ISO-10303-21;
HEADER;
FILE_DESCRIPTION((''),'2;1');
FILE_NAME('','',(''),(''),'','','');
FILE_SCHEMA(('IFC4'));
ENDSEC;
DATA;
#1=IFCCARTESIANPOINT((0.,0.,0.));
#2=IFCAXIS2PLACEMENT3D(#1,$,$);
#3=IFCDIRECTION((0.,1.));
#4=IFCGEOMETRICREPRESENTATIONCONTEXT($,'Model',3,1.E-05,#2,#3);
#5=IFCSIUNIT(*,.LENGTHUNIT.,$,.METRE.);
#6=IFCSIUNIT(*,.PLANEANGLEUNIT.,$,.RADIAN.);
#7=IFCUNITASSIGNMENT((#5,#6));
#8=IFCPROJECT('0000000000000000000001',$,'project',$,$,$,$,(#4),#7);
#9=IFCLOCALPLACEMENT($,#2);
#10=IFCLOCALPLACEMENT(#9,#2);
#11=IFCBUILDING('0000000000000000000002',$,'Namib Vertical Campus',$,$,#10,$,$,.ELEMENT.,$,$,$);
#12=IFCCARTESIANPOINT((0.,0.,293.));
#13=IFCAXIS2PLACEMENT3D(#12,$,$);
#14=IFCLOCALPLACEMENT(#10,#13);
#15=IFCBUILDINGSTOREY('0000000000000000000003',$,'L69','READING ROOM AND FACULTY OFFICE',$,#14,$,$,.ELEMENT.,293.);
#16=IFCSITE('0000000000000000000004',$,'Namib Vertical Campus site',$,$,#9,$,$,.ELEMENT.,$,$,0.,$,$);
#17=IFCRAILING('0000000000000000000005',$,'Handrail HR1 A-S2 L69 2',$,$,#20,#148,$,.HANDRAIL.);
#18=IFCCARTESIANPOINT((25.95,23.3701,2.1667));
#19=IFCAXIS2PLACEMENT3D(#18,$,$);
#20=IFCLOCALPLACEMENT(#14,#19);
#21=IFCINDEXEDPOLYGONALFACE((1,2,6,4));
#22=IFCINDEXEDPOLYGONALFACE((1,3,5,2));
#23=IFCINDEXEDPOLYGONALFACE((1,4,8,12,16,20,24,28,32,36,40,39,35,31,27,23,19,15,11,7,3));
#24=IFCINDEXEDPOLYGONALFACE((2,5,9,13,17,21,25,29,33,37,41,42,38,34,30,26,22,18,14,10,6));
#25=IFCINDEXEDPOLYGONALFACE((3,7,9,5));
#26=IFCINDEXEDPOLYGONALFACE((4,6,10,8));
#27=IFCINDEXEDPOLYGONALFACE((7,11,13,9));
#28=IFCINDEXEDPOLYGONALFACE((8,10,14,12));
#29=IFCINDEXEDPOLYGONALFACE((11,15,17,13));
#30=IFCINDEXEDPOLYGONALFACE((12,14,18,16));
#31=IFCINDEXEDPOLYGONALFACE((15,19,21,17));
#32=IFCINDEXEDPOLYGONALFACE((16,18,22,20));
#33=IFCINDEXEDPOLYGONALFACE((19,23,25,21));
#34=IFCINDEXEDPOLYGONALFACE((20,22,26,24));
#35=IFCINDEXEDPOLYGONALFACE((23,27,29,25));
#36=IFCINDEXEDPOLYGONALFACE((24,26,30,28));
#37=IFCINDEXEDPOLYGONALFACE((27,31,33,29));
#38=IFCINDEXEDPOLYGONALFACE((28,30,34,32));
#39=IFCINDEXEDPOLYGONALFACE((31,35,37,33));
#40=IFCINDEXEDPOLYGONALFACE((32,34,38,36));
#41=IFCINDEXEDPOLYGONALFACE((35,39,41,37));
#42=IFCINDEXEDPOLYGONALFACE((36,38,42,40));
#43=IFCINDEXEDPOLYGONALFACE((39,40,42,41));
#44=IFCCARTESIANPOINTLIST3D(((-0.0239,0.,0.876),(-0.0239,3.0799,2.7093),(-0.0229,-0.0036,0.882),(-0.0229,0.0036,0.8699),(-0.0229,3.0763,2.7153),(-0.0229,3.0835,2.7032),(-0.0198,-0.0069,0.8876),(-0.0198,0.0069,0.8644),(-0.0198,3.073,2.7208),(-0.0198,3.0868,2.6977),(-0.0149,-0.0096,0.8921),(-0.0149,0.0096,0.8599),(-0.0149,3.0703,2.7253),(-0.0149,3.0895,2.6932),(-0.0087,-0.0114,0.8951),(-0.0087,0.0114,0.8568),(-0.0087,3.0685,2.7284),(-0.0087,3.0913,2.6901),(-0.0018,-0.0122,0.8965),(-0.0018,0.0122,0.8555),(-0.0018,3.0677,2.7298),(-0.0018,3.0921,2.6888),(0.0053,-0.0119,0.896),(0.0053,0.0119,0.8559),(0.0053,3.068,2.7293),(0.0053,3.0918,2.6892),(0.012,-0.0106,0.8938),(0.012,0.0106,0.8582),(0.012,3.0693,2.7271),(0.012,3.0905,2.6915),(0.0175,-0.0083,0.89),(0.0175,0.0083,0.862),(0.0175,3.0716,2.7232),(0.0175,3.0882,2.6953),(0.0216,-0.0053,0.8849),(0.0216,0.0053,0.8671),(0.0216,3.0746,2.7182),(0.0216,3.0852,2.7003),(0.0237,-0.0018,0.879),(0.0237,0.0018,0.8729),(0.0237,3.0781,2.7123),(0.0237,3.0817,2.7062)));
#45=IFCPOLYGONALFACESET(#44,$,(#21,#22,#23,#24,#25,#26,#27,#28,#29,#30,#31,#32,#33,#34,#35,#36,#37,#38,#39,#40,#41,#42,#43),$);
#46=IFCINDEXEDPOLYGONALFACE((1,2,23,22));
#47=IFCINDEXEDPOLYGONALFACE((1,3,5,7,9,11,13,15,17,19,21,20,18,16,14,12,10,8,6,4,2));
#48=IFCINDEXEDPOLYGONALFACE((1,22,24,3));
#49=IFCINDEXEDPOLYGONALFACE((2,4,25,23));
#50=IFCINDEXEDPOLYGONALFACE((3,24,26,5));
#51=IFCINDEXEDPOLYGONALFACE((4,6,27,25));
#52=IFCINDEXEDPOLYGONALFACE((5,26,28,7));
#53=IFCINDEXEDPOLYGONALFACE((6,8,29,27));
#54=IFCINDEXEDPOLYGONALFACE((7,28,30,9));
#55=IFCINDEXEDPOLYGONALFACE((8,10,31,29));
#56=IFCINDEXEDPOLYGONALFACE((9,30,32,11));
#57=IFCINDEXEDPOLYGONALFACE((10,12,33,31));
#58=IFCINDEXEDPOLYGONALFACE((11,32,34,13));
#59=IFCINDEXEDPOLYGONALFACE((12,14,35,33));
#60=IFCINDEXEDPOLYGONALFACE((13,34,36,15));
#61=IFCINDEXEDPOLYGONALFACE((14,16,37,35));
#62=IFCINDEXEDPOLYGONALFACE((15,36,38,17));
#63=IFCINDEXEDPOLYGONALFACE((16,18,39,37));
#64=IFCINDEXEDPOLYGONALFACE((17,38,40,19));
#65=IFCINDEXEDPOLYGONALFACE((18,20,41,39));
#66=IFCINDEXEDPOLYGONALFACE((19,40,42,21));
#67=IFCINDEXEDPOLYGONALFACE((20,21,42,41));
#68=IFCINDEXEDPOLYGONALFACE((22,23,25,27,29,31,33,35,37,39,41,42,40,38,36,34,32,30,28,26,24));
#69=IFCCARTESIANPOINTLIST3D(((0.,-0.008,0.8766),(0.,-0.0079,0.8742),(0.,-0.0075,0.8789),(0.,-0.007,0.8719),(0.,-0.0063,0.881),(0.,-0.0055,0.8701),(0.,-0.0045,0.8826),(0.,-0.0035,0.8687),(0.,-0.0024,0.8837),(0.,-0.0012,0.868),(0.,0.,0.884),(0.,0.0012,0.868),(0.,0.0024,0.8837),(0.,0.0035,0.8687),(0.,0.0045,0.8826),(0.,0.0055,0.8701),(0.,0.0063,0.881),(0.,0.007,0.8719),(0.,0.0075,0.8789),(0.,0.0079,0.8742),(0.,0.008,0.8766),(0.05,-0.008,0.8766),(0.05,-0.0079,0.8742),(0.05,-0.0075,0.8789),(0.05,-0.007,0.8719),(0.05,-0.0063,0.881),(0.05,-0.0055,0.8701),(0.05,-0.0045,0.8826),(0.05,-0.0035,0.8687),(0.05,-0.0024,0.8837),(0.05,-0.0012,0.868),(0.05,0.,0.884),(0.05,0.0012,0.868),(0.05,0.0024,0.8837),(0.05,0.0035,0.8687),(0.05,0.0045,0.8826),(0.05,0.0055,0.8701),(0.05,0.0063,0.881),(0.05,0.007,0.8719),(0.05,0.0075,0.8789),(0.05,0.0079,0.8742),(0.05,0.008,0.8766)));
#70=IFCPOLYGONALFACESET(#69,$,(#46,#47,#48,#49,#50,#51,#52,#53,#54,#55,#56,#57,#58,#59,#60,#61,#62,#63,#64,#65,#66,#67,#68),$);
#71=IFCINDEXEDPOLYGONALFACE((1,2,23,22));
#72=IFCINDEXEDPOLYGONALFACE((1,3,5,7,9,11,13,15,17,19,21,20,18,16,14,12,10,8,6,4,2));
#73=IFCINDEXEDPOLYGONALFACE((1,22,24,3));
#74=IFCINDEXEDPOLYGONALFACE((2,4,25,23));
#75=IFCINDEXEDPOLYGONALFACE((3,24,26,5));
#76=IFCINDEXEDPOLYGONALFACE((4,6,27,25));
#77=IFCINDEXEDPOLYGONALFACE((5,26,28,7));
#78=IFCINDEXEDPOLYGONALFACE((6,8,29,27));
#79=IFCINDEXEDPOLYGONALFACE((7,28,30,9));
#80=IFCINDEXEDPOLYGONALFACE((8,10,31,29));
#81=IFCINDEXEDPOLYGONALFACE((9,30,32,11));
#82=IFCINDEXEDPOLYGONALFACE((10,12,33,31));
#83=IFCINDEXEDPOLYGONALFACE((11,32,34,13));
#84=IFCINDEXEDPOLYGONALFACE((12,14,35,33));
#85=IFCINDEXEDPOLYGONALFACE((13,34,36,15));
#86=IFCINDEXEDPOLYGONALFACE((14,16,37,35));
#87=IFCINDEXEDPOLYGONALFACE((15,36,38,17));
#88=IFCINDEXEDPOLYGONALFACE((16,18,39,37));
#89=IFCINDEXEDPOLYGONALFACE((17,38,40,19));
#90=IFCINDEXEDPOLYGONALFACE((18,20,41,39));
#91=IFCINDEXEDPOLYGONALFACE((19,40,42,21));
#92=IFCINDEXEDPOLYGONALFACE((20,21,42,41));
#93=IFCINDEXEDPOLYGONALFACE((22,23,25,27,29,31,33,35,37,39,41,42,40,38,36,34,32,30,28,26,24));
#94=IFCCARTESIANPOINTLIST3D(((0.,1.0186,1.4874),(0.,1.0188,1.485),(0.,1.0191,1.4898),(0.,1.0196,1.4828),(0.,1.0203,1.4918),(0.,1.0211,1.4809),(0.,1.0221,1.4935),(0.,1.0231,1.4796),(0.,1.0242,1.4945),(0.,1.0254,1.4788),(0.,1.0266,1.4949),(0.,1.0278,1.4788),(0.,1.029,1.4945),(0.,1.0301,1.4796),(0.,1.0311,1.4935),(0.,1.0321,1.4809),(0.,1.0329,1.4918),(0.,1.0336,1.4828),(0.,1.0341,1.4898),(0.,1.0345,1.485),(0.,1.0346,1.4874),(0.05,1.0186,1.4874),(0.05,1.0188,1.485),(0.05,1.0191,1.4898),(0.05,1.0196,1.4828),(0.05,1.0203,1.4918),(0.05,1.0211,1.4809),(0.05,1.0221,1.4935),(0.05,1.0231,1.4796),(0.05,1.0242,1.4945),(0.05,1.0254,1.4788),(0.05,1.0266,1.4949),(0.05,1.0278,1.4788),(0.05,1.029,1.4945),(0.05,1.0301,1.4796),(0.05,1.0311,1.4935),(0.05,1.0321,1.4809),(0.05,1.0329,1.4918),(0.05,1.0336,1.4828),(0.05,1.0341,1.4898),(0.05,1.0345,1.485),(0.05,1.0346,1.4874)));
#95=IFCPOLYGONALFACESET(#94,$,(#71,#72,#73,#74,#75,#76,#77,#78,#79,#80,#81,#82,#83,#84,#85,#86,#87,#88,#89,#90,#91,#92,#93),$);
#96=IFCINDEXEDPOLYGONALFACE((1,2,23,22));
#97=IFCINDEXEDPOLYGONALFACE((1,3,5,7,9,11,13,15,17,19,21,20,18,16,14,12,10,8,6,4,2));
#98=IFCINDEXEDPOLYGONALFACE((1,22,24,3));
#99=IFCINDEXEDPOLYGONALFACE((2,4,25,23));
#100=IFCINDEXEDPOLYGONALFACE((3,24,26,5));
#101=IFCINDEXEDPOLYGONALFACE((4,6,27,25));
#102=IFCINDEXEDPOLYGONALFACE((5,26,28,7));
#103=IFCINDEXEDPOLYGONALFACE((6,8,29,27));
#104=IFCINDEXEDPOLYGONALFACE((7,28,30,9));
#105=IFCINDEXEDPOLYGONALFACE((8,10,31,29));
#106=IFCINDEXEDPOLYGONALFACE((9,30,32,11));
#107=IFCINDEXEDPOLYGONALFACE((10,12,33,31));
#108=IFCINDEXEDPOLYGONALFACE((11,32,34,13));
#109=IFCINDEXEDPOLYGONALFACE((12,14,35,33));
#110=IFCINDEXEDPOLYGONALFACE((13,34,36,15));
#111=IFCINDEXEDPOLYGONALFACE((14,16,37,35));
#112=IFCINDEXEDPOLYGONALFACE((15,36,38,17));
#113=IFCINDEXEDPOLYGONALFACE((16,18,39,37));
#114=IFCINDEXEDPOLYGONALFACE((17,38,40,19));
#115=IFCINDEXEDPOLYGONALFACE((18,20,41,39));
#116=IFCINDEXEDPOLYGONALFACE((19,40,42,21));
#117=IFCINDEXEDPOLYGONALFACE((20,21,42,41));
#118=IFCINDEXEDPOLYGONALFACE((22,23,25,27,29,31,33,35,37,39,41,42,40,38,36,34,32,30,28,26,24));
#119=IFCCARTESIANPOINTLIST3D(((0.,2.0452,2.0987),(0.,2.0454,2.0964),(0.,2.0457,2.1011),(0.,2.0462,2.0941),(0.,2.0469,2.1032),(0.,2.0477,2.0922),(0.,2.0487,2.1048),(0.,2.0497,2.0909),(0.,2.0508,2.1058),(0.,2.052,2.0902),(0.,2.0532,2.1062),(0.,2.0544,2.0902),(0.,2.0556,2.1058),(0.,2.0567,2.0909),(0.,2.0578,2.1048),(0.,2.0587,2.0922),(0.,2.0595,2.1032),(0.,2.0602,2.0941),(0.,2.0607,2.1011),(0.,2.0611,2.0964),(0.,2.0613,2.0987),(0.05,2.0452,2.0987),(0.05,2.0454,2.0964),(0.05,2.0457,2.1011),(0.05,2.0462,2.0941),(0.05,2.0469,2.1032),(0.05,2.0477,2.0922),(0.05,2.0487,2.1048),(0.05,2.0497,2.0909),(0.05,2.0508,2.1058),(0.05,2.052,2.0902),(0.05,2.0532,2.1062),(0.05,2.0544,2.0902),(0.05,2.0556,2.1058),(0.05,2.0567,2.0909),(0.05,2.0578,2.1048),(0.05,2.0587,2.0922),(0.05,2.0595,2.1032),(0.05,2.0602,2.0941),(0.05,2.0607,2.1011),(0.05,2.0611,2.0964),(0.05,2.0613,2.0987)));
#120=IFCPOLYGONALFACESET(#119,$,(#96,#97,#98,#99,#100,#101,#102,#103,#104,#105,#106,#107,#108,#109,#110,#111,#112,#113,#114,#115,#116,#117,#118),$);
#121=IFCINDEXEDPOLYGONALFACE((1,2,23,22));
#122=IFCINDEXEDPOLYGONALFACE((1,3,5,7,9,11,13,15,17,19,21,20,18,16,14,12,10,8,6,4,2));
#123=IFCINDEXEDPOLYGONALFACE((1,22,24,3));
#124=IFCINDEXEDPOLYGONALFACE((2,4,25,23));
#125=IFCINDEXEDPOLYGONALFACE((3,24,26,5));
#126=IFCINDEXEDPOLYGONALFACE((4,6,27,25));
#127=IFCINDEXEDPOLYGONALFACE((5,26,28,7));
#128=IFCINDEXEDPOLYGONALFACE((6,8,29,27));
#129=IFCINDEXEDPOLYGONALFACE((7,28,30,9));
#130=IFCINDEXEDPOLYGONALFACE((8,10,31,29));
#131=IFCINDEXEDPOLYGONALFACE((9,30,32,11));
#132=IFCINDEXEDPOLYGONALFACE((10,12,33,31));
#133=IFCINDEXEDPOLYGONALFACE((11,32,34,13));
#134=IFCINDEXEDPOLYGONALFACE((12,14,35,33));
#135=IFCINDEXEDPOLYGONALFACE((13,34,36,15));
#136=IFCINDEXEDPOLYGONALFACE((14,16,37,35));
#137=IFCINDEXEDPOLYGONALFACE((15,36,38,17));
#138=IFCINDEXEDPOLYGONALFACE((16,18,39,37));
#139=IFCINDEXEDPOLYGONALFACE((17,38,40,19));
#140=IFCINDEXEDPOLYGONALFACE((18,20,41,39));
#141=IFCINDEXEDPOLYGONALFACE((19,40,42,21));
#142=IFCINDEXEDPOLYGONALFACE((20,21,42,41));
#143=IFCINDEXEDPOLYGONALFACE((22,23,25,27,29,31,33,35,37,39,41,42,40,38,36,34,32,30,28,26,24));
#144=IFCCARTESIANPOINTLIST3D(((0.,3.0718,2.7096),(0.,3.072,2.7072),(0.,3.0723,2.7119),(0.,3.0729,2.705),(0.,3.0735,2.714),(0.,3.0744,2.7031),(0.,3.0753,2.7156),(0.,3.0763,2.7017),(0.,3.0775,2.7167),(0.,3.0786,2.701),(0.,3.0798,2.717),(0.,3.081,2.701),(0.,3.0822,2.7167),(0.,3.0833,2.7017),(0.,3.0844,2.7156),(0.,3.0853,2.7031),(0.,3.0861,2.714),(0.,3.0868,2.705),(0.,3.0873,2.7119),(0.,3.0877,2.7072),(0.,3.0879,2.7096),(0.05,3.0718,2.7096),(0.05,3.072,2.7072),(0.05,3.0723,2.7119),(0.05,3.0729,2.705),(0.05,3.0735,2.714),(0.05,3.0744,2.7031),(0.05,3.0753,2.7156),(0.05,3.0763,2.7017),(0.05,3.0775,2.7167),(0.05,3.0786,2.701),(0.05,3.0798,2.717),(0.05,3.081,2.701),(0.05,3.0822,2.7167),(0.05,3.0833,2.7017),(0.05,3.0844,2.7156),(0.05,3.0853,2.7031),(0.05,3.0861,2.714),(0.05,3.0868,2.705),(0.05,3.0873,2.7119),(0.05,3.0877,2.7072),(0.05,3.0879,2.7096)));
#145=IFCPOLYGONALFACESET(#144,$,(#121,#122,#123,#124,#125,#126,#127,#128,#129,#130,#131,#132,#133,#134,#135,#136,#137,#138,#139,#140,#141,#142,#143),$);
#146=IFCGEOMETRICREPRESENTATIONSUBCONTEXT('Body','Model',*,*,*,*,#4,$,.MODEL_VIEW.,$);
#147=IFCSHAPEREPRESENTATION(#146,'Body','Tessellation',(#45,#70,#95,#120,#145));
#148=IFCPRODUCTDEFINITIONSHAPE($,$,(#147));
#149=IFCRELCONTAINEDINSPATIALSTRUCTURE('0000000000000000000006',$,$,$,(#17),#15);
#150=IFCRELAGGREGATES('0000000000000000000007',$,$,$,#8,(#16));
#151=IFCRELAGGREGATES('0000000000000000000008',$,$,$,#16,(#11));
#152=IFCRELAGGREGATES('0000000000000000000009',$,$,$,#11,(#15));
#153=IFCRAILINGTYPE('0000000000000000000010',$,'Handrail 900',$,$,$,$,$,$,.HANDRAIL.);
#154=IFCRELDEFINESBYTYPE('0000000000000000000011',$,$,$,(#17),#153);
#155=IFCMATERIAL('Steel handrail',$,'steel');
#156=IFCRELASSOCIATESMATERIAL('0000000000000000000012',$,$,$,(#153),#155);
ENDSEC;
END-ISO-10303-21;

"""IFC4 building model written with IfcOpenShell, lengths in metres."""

from ifc_helpers import new_model, si_unit, direction, frame, origin, origin_2d, place, context, subcontext, project, spatial, circle, extrude, material, type_object, element, save


model = new_model("IFC4")

# Units and contexts
model_context = context("Model", 3, precision=1e-05, world=origin(), true_north=direction((0.0, 1.0)))
body_context = subcontext(model_context, "Body", "Model", "MODEL_VIEW")
ifc_project = project(units=[si_unit("LENGTHUNIT", "METRE"), si_unit("PLANEANGLEUNIT", "RADIAN")], contexts=[model_context])

# Site, building, storey
site_placement = place(None, origin())
site = spatial("IfcSite", under=ifc_project, at=site_placement, Name="Namib Vertical Campus site", CompositionType="ELEMENT", RefElevation=0.0)
building_placement = place(site_placement, origin())
building = spatial("IfcBuilding", under=site, at=building_placement, Name="Namib Vertical Campus", CompositionType="ELEMENT")
storey_placement = place(building_placement, frame((0.0, 0.0, 293.0)))
storey = spatial("IfcBuildingStorey", under=building, at=storey_placement, Name="L69", Description="READING ROOM AND FACULTY OFFICE", CompositionType="ELEMENT", Elevation=293.0)

# Railing
ifc_material_1 = material(Name="Steel handrail", Category="steel")
railing_type_1 = type_object("IfcRailingType", Name="Handrail 900", PredefinedType="HANDRAIL", material=ifc_material_1)
railing_1_placement = place(storey_placement, frame((25.95, 23.3701, 2.1667)))
element("IfcRailing", 1, at=railing_1_placement, inside=storey, type_object=railing_type_1, Name="Handrail HR1 A-S2 L69 2", PredefinedType="HANDRAIL", context=body_context, shape_type="SweptSolid", body=[
    extrude(circle(Radius=0.0239, at=origin_2d()), frame((0.0, 0.0, 0.876), z_axis=(0.0, 0.859291, 0.511487), x_axis=(-1.0, 0.0, 0.0)), (0.0, 0.0, 1.0), 3.5842),
    extrude(circle(Radius=0.0081, at=origin_2d()), frame((0.0, 0.0, 0.876), z_axis=(1.0, 0.0, 0.0), x_axis=(0.0, 0.0, 1.0)), (0.0, 0.0, 1.0), 0.05),
    extrude(circle(Radius=0.0081, at=origin_2d()), frame((0.0, 1.0266, 1.4868), z_axis=(1.0, 0.0, 0.0), x_axis=(0.0, 0.0, 1.0)), (0.0, 0.0, 1.0), 0.05),
    extrude(circle(Radius=0.0081, at=origin_2d()), frame((0.0, 2.0532, 2.0981), z_axis=(1.0, 0.0, 0.0), x_axis=(0.0, 0.0, 1.0)), (0.0, 0.0, 1.0), 0.05),
    extrude(circle(Radius=0.0081, at=origin_2d()), frame((0.0, 3.0798, 2.709), z_axis=(1.0, 0.0, 0.0), x_axis=(0.0, 0.0, 1.0)), (0.0, 0.0, 1.0), 0.05),
])

save(model, "model.ifc")
